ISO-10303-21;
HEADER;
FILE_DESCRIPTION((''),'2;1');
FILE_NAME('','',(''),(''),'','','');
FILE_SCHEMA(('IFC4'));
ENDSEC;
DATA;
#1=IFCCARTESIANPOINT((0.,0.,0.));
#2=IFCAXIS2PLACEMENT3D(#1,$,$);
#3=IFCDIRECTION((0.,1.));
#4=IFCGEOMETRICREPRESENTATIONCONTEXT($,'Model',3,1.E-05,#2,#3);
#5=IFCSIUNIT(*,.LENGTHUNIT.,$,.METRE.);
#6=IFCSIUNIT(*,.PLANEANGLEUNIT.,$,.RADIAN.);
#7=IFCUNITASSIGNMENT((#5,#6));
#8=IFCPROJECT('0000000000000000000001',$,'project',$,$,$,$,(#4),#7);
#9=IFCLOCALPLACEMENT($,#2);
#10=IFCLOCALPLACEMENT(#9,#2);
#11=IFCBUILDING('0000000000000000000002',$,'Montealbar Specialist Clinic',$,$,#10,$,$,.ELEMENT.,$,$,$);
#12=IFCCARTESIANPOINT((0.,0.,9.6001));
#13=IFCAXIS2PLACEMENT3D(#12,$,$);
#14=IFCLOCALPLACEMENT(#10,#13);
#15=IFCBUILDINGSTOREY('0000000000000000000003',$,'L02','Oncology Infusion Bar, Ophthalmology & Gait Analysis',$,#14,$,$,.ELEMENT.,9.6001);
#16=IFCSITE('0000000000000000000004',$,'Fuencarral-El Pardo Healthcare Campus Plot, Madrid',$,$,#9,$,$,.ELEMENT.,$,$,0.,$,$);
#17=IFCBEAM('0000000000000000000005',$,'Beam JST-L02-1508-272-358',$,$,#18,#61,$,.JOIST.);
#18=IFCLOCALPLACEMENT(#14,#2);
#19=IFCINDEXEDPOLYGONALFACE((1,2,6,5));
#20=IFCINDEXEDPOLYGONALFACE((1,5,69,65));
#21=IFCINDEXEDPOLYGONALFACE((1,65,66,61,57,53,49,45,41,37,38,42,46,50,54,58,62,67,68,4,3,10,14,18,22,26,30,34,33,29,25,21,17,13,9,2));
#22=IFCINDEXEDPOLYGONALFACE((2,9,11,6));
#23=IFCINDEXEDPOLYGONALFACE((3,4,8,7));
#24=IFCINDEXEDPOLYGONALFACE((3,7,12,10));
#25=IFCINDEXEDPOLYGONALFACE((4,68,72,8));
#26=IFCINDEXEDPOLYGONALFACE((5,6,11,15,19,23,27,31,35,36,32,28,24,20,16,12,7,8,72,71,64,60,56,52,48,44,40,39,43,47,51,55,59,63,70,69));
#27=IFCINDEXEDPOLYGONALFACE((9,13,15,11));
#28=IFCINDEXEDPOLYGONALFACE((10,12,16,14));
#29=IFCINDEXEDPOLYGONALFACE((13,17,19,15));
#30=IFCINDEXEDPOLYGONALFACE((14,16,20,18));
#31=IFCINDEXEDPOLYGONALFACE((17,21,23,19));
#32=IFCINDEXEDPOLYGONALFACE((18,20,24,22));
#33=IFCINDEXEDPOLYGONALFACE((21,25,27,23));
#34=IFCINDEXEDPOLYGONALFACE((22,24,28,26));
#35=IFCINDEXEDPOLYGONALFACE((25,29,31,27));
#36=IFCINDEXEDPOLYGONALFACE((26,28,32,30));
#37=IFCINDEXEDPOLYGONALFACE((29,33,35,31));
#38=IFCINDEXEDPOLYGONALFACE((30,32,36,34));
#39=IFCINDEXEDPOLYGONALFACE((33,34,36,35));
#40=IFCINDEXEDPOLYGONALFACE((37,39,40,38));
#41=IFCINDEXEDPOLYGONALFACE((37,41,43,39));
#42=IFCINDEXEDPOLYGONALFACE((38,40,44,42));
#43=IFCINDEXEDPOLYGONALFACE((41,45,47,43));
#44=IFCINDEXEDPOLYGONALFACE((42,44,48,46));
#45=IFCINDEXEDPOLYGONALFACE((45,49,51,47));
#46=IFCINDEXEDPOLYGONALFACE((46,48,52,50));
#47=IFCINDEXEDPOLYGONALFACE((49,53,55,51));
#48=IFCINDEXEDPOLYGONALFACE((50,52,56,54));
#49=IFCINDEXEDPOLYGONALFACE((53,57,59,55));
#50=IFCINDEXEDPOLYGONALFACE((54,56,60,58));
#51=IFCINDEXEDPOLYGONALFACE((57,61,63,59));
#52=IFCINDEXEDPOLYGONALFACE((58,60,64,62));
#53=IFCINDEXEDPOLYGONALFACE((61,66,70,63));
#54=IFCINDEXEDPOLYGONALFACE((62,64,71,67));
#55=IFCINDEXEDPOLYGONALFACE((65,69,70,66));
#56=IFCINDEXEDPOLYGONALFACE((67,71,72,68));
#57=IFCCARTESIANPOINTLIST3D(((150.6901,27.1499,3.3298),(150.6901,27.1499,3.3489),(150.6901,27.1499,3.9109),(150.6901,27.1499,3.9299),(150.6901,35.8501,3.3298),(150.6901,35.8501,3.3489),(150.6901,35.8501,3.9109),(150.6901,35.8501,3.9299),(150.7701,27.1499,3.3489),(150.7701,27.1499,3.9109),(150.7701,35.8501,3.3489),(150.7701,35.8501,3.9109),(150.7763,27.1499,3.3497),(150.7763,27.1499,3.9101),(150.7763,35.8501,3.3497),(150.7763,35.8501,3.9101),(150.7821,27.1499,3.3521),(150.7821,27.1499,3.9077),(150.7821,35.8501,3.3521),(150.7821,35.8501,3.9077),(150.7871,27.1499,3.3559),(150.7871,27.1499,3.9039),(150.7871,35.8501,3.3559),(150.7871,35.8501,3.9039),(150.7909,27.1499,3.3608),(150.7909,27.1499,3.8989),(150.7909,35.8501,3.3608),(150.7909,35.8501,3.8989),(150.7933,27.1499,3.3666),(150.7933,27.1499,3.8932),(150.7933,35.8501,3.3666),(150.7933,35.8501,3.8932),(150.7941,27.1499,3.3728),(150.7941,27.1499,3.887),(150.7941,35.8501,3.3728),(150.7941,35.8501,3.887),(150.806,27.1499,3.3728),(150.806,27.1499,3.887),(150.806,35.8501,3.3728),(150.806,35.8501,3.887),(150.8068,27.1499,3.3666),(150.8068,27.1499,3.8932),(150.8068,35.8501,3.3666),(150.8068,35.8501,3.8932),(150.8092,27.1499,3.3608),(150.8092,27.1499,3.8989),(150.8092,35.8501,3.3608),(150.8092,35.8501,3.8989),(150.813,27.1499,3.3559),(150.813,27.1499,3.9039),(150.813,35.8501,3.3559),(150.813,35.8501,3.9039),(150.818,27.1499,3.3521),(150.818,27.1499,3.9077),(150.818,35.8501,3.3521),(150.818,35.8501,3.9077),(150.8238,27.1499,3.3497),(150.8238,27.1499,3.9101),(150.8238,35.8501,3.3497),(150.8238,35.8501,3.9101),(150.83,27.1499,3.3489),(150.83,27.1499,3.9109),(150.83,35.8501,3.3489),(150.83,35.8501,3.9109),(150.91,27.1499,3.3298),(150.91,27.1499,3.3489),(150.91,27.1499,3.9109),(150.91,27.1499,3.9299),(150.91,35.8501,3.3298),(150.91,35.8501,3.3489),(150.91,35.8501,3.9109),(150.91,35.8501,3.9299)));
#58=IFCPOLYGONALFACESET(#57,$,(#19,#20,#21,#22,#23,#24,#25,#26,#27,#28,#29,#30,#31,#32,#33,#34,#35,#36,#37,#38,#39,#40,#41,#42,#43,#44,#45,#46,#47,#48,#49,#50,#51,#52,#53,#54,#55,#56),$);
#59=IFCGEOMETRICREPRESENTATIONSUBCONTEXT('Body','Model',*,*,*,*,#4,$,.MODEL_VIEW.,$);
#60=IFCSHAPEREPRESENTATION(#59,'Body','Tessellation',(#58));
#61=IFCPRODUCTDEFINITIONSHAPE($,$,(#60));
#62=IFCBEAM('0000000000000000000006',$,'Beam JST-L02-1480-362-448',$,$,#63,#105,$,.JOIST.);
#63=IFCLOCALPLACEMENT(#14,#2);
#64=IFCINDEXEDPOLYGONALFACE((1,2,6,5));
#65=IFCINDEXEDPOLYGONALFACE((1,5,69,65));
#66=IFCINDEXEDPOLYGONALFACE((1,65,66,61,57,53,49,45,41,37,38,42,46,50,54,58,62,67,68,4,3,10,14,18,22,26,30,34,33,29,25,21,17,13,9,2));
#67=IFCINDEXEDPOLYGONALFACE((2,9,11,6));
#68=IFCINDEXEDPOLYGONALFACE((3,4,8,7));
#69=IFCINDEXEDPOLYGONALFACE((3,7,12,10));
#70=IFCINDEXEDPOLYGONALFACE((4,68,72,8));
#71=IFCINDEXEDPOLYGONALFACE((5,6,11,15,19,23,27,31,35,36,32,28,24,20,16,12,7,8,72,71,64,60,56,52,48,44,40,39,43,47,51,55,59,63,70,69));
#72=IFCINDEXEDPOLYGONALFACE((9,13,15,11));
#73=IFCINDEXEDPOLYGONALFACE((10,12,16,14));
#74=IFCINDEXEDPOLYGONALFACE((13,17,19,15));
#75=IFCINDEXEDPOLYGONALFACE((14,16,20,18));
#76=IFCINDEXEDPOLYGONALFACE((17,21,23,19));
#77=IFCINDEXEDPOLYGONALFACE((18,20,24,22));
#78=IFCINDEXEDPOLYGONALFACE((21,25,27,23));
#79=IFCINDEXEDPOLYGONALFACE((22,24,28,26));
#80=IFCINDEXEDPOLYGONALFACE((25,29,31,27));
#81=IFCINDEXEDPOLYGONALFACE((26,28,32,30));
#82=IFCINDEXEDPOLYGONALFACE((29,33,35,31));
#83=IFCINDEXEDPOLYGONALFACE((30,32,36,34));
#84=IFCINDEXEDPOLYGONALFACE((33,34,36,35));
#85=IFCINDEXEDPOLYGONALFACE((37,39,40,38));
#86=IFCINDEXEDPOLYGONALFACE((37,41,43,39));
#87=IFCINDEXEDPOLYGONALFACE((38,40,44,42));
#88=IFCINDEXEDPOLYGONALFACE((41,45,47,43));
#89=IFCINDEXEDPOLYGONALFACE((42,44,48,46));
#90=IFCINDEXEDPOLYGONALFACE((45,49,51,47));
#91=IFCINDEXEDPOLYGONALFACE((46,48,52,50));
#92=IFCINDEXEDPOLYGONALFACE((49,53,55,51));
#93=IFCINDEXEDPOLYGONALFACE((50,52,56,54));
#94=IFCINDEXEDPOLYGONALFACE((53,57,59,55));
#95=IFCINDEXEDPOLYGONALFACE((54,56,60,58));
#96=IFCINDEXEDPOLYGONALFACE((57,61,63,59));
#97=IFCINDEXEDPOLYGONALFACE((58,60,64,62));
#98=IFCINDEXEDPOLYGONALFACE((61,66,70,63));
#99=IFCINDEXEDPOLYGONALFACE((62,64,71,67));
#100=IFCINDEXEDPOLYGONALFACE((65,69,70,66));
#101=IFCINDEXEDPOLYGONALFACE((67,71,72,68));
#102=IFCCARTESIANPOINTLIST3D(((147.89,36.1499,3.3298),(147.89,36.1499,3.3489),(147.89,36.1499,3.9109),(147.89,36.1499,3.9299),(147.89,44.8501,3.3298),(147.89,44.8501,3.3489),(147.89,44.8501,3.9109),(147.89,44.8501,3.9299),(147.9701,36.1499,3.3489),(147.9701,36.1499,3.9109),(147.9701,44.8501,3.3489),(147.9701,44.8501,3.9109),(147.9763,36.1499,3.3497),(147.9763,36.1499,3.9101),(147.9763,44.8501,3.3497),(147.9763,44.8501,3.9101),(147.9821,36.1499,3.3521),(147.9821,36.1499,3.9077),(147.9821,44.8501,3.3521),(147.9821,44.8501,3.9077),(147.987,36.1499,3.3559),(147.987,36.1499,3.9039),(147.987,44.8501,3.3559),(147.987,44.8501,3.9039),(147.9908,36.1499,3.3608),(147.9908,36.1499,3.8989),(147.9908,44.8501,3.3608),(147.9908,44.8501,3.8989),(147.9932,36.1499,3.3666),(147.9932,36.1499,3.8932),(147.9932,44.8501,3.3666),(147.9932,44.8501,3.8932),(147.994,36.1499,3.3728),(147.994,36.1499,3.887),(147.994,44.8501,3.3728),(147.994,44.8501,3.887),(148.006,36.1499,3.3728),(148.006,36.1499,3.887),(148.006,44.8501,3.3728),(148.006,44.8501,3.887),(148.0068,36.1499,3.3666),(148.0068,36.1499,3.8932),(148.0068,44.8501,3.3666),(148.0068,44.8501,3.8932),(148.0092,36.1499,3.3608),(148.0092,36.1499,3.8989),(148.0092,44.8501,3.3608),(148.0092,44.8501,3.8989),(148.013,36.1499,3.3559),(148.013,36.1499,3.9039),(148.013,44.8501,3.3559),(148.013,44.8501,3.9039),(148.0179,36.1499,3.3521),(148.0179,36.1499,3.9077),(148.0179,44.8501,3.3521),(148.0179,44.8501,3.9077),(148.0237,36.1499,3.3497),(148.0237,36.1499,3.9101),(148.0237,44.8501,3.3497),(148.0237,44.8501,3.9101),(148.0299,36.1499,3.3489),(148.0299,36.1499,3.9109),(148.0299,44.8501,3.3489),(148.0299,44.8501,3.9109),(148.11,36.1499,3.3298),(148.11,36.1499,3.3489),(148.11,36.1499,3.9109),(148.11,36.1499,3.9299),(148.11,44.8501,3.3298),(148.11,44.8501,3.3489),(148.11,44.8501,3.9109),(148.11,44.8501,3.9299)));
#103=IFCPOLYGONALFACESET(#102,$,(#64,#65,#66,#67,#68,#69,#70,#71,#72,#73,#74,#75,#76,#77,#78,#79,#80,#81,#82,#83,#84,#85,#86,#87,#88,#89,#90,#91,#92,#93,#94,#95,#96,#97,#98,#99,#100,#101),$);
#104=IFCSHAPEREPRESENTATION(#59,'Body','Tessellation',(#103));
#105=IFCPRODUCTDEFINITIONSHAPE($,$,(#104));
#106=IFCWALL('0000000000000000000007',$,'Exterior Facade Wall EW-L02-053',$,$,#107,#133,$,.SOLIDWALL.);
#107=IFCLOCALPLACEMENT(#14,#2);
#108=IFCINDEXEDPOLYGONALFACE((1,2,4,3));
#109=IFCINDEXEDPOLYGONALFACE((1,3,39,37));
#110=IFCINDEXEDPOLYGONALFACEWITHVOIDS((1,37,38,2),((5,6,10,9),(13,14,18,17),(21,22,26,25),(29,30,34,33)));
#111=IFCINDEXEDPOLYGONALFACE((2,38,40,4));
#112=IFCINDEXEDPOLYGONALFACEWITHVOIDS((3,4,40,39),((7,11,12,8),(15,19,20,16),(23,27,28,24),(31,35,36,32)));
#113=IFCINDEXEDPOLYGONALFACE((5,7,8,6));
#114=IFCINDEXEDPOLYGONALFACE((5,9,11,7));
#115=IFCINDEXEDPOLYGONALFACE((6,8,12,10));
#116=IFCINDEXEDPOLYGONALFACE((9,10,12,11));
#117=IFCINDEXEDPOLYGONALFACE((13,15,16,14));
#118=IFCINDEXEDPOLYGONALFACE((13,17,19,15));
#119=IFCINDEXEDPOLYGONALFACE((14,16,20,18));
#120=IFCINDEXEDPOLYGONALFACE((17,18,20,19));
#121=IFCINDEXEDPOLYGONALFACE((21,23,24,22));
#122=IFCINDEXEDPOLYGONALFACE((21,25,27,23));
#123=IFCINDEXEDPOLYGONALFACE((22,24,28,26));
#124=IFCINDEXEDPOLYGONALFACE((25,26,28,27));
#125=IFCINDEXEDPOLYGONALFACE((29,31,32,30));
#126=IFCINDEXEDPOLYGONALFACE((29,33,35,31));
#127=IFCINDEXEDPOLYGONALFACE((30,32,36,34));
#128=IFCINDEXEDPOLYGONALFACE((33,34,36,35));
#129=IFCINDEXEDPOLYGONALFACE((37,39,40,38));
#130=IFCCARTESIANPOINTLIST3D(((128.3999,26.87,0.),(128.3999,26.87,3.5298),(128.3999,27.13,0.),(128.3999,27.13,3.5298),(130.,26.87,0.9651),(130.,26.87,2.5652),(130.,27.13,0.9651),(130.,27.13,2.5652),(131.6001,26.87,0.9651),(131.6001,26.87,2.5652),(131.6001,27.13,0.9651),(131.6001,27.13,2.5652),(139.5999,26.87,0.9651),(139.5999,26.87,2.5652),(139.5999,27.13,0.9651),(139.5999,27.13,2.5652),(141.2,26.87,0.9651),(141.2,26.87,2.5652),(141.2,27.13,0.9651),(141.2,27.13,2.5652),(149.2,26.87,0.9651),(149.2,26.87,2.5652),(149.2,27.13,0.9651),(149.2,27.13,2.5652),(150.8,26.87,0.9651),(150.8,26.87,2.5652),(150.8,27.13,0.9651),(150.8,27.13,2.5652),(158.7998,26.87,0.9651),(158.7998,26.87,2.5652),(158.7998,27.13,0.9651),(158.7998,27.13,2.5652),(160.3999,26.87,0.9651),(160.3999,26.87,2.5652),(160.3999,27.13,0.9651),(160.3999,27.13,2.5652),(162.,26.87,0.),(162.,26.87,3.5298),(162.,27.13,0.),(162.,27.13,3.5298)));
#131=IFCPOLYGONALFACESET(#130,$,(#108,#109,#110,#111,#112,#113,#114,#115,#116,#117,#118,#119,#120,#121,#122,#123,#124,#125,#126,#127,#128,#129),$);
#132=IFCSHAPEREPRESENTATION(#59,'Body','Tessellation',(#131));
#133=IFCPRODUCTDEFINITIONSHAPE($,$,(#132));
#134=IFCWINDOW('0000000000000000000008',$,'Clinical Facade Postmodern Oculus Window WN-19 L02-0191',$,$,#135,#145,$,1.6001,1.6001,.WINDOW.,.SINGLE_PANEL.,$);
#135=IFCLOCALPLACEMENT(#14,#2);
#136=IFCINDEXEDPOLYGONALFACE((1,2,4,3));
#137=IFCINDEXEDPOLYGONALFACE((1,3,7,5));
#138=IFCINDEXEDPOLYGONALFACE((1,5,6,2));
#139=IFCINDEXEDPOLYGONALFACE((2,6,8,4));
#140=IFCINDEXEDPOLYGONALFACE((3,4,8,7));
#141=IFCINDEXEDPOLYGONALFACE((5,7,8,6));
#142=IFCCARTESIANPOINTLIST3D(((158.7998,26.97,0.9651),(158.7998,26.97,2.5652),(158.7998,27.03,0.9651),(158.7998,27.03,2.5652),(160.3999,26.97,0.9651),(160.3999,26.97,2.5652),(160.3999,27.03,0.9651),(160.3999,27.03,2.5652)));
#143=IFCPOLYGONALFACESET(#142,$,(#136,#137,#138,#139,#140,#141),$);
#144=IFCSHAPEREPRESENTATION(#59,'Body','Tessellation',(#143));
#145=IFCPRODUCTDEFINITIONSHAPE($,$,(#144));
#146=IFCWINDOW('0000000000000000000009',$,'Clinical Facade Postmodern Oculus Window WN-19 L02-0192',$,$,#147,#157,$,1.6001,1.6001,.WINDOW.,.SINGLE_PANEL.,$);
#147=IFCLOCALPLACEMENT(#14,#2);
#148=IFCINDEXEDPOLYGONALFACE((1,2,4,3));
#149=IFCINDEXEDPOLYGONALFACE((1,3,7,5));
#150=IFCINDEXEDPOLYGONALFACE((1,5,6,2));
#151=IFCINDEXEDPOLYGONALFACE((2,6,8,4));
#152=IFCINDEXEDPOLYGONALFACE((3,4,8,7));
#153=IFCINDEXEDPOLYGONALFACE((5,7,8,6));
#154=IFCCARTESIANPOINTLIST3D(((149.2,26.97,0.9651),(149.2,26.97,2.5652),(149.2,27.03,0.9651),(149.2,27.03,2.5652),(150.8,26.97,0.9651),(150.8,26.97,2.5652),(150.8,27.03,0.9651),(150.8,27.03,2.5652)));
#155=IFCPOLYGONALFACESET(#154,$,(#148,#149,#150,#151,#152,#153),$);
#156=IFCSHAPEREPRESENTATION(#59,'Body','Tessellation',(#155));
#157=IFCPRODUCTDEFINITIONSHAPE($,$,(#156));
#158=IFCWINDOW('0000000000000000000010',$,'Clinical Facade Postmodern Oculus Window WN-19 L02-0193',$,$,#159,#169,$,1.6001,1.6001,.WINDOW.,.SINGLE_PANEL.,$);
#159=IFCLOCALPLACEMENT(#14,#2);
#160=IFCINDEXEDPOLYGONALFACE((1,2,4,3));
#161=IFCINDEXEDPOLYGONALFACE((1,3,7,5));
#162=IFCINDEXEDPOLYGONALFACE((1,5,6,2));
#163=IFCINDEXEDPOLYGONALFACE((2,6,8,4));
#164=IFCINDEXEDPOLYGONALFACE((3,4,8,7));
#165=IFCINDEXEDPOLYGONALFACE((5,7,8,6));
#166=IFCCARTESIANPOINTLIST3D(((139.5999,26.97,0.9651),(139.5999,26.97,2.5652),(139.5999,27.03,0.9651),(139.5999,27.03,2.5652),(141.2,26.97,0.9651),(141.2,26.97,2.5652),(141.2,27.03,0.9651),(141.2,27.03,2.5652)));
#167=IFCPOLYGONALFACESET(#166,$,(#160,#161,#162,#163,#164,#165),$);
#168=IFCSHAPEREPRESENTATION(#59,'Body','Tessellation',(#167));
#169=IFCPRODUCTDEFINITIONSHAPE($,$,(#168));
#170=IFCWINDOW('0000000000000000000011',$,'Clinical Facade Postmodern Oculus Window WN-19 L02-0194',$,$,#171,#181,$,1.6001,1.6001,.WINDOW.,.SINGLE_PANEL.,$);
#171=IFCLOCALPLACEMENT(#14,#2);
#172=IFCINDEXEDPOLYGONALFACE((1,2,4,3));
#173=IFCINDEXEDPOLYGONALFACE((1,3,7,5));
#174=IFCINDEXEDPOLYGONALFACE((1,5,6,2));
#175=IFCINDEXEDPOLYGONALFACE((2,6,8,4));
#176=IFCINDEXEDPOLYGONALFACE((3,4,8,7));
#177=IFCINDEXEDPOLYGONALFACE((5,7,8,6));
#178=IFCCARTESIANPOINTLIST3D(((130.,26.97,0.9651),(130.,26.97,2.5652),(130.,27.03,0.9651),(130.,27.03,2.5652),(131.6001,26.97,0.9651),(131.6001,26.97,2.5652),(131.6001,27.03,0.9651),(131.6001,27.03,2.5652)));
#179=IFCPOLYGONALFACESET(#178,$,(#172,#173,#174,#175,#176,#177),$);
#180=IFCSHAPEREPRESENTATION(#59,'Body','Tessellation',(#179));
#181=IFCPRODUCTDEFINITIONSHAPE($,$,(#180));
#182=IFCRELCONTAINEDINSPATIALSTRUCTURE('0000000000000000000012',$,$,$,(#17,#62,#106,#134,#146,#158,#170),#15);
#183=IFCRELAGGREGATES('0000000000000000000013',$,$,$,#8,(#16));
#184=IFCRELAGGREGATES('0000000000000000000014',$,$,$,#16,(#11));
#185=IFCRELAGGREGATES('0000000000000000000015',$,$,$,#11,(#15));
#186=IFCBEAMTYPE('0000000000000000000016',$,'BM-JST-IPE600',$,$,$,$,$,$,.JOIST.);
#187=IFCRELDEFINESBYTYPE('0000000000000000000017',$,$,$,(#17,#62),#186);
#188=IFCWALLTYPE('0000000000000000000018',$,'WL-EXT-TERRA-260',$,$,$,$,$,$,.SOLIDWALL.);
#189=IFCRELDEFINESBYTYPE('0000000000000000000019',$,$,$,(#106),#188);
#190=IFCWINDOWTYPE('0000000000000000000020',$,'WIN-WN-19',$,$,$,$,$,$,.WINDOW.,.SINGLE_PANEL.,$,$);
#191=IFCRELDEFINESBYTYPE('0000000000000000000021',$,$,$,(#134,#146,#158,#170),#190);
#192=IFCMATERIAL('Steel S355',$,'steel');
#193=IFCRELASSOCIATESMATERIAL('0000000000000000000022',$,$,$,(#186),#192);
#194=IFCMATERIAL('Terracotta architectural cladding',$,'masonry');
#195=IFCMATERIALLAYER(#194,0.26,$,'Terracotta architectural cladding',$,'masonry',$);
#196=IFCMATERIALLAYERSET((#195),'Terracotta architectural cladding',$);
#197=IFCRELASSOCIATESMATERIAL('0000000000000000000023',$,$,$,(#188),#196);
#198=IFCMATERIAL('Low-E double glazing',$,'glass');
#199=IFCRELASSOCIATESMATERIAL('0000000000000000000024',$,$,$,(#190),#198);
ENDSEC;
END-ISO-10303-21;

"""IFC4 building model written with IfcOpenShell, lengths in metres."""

from ifc_helpers import new_model, si_unit, direction, frame, frame_2d, origin, origin_2d, place, context, subcontext, project, spatial, rectangle, i_section, extrude, material, layer, layer_set, material_profile, profile_set, type_object, element, fill, save


model = new_model("IFC4")

# Units and contexts
model_context = context("Model", 3, precision=1e-05, world=origin(), true_north=direction((0.0, 1.0)))
body_context = subcontext(model_context, "Body", "Model", "MODEL_VIEW")
ifc_project = project(units=[si_unit("LENGTHUNIT", "METRE"), si_unit("PLANEANGLEUNIT", "RADIAN")], contexts=[model_context])

# Site, building, storey
site_placement = place(None, origin())
site = spatial("IfcSite", under=ifc_project, at=site_placement, Name="Fuencarral-El Pardo Healthcare Campus Plot, Madrid", CompositionType="ELEMENT", RefElevation=0.0)
building_placement = place(site_placement, origin())
building = spatial("IfcBuilding", under=site, at=building_placement, Name="Montealbar Specialist Clinic", CompositionType="ELEMENT")
storey_placement = place(building_placement, frame((0.0, 0.0, 9.6001)))
storey = spatial("IfcBuildingStorey", under=building, at=storey_placement, Name="L02", Description="Oncology Infusion Bar, Ophthalmology & Gait Analysis", CompositionType="ELEMENT", Elevation=9.6001)

# Shared definitions
ifc_material_1 = material(Name="Steel S355", Category="steel")

# Beams
ifc_material_profile_1 = material_profile(ifc_material_1, i_section(OverallWidth=0.22, OverallDepth=0.6001, WebThickness=0.012, FlangeThickness=0.019, FilletRadius=0.0239, at=origin_2d()), Name="IPE 600", Category="steel")
ifc_profile_set_1 = profile_set([ifc_material_profile_1], Name="Steel S355")
beam_type_1 = type_object("IfcBeamType", Name="BM-JST-IPE600", PredefinedType="JOIST", material=ifc_profile_set_1)
for number, where, z_axis, x_axis, name in (
    (1, (150.8, 27.1499, 3.6299), (0.0, 1.0, 0.0), (-1.0, 0.0, 0.0), "Beam JST-L02-1508-272-358"),
    (2, (148.0, 36.1499, 3.6299), (0.0, 1.0, 0.0), (-1.0, 0.0, 0.0), "Beam JST-L02-1480-362-448"),
):
    element("IfcBeam", number, at=place(storey_placement, frame(where, z_axis=z_axis, x_axis=x_axis)), inside=storey, type_object=beam_type_1, Name=name, PredefinedType="JOIST", context=body_context, shape_type="SweptSolid", body=[
        extrude(i_section(OverallWidth=0.22, OverallDepth=0.6001, WebThickness=0.012, FlangeThickness=0.019, FilletRadius=0.0239, at=origin_2d()), origin(), (0.0, 0.0, 1.0), 8.7002),
    ])

# Wall, openings, windows
ifc_material_2 = material(Name="Terracotta architectural cladding", Category="masonry")
ifc_layer_1 = layer(ifc_material_2, 0.26, Name="Terracotta architectural cladding", Category="masonry")
ifc_layer_set_1 = layer_set([ifc_layer_1], Name="Terracotta architectural cladding")
wall_type_1 = type_object("IfcWallType", Name="WL-EXT-TERRA-260", PredefinedType="SOLIDWALL", material=ifc_layer_set_1)
wall_1_placement = place(storey_placement, frame((162.0, 27.0, 0.0), z_axis=(0.0, 0.0, 1.0), x_axis=(-1.0, 0.0, 0.0)))
wall_1 = element("IfcWall", 3, at=wall_1_placement, inside=storey, type_object=wall_type_1, Name="Exterior Facade Wall EW-L02-053", PredefinedType="SOLIDWALL", context=body_context, shape_type="SweptSolid", body=[
    extrude(rectangle(XDim=33.6001, YDim=0.26, at=frame_2d((16.8, 0.0))), origin(), (0.0, 0.0, 1.0), 3.5298),
])
opening_1_placement = place(wall_1_placement, frame((1.6001, 0.0, 0.9651)))
opening_1 = element("IfcOpeningElement", 4, at=opening_1_placement, cuts=wall_1, PredefinedType="OPENING", context=body_context, shape_type="SweptSolid", body=[
    extrude(rectangle(XDim=1.6001, YDim=1.6001, at=frame_2d((0.8, 0.8))), frame((0.0, 0.1399, 0.0), z_axis=(0.0, -1.0, 0.0), x_axis=(1.0, 0.0, 0.0)), (0.0, 0.0, 1.0), 0.28),
])
opening_2_placement = place(wall_1_placement, frame((11.2, 0.0, 0.9651)))
opening_2 = element("IfcOpeningElement", 5, at=opening_2_placement, cuts=wall_1, PredefinedType="OPENING", context=body_context, shape_type="SweptSolid", body=[
    extrude(rectangle(XDim=1.6001, YDim=1.6001, at=frame_2d((0.8, 0.8))), frame((0.0, 0.1399, 0.0), z_axis=(0.0, -1.0, 0.0), x_axis=(1.0, 0.0, 0.0)), (0.0, 0.0, 1.0), 0.28),
])
opening_3_placement = place(wall_1_placement, frame((20.8, 0.0, 0.9651)))
opening_3 = element("IfcOpeningElement", 6, at=opening_3_placement, cuts=wall_1, PredefinedType="OPENING", context=body_context, shape_type="SweptSolid", body=[
    extrude(rectangle(XDim=1.6001, YDim=1.6001, at=frame_2d((0.8, 0.8))), frame((0.0, 0.1399, 0.0), z_axis=(0.0, -1.0, 0.0), x_axis=(1.0, 0.0, 0.0)), (0.0, 0.0, 1.0), 0.28),
])
opening_4_placement = place(wall_1_placement, frame((30.3999, 0.0, 0.9651)))
opening_4 = element("IfcOpeningElement", 7, at=opening_4_placement, cuts=wall_1, PredefinedType="OPENING", context=body_context, shape_type="SweptSolid", body=[
    extrude(rectangle(XDim=1.6001, YDim=1.6001, at=frame_2d((0.8, 0.8))), frame((0.0, 0.1399, 0.0), z_axis=(0.0, -1.0, 0.0), x_axis=(1.0, 0.0, 0.0)), (0.0, 0.0, 1.0), 0.28),
])
ifc_material_3 = material(Name="Low-E double glazing", Category="glass")
window_type = type_object("IfcWindowType", Name="WIN-WN-19", PartitioningType="SINGLE_PANEL", PredefinedType="WINDOW", material=ifc_material_3)
window_1_placement = place(opening_1_placement, origin())
window_1 = element("IfcWindow", 8, at=window_1_placement, inside=storey, type_object=window_type, Name="Clinical Facade Postmodern Oculus Window WN-19 L02-0191", OverallHeight=1.6001, OverallWidth=1.6001, PartitioningType="SINGLE_PANEL", PredefinedType="WINDOW", context=body_context, shape_type="SweptSolid", body=[
    extrude(rectangle(XDim=1.6001, YDim=1.6001, at=frame_2d((0.8, 0.8))), frame((0.0, 0.03, 0.0), z_axis=(0.0, -1.0, 0.0), x_axis=(1.0, 0.0, 0.0)), (0.0, 0.0, 1.0), 0.0601),
])
fill(opening_1, window_1)
window_2_placement = place(opening_2_placement, origin())
window_2 = element("IfcWindow", 9, at=window_2_placement, inside=storey, type_object=window_type, Name="Clinical Facade Postmodern Oculus Window WN-19 L02-0192", OverallHeight=1.6001, OverallWidth=1.6001, PartitioningType="SINGLE_PANEL", PredefinedType="WINDOW", context=body_context, shape_type="SweptSolid", body=[
    extrude(rectangle(XDim=1.6001, YDim=1.6001, at=frame_2d((0.8, 0.8))), frame((0.0, 0.03, 0.0), z_axis=(0.0, -1.0, 0.0), x_axis=(1.0, 0.0, 0.0)), (0.0, 0.0, 1.0), 0.0601),
])
fill(opening_2, window_2)
window_3_placement = place(opening_3_placement, origin())
window_3 = element("IfcWindow", 10, at=window_3_placement, inside=storey, type_object=window_type, Name="Clinical Facade Postmodern Oculus Window WN-19 L02-0193", OverallHeight=1.6001, OverallWidth=1.6001, PartitioningType="SINGLE_PANEL", PredefinedType="WINDOW", context=body_context, shape_type="SweptSolid", body=[
    extrude(rectangle(XDim=1.6001, YDim=1.6001, at=frame_2d((0.8, 0.8))), frame((0.0, 0.03, 0.0), z_axis=(0.0, -1.0, 0.0), x_axis=(1.0, 0.0, 0.0)), (0.0, 0.0, 1.0), 0.0601),
])
fill(opening_3, window_3)
window_4_placement = place(opening_4_placement, origin())
window_4 = element("IfcWindow", 11, at=window_4_placement, inside=storey, type_object=window_type, Name="Clinical Facade Postmodern Oculus Window WN-19 L02-0194", OverallHeight=1.6001, OverallWidth=1.6001, PartitioningType="SINGLE_PANEL", PredefinedType="WINDOW", context=body_context, shape_type="SweptSolid", body=[
    extrude(rectangle(XDim=1.6001, YDim=1.6001, at=frame_2d((0.8, 0.8))), frame((0.0, 0.03, 0.0), z_axis=(0.0, -1.0, 0.0), x_axis=(1.0, 0.0, 0.0)), (0.0, 0.0, 1.0), 0.0601),
])
fill(opening_4, window_4)

save(model, "model.ifc")
